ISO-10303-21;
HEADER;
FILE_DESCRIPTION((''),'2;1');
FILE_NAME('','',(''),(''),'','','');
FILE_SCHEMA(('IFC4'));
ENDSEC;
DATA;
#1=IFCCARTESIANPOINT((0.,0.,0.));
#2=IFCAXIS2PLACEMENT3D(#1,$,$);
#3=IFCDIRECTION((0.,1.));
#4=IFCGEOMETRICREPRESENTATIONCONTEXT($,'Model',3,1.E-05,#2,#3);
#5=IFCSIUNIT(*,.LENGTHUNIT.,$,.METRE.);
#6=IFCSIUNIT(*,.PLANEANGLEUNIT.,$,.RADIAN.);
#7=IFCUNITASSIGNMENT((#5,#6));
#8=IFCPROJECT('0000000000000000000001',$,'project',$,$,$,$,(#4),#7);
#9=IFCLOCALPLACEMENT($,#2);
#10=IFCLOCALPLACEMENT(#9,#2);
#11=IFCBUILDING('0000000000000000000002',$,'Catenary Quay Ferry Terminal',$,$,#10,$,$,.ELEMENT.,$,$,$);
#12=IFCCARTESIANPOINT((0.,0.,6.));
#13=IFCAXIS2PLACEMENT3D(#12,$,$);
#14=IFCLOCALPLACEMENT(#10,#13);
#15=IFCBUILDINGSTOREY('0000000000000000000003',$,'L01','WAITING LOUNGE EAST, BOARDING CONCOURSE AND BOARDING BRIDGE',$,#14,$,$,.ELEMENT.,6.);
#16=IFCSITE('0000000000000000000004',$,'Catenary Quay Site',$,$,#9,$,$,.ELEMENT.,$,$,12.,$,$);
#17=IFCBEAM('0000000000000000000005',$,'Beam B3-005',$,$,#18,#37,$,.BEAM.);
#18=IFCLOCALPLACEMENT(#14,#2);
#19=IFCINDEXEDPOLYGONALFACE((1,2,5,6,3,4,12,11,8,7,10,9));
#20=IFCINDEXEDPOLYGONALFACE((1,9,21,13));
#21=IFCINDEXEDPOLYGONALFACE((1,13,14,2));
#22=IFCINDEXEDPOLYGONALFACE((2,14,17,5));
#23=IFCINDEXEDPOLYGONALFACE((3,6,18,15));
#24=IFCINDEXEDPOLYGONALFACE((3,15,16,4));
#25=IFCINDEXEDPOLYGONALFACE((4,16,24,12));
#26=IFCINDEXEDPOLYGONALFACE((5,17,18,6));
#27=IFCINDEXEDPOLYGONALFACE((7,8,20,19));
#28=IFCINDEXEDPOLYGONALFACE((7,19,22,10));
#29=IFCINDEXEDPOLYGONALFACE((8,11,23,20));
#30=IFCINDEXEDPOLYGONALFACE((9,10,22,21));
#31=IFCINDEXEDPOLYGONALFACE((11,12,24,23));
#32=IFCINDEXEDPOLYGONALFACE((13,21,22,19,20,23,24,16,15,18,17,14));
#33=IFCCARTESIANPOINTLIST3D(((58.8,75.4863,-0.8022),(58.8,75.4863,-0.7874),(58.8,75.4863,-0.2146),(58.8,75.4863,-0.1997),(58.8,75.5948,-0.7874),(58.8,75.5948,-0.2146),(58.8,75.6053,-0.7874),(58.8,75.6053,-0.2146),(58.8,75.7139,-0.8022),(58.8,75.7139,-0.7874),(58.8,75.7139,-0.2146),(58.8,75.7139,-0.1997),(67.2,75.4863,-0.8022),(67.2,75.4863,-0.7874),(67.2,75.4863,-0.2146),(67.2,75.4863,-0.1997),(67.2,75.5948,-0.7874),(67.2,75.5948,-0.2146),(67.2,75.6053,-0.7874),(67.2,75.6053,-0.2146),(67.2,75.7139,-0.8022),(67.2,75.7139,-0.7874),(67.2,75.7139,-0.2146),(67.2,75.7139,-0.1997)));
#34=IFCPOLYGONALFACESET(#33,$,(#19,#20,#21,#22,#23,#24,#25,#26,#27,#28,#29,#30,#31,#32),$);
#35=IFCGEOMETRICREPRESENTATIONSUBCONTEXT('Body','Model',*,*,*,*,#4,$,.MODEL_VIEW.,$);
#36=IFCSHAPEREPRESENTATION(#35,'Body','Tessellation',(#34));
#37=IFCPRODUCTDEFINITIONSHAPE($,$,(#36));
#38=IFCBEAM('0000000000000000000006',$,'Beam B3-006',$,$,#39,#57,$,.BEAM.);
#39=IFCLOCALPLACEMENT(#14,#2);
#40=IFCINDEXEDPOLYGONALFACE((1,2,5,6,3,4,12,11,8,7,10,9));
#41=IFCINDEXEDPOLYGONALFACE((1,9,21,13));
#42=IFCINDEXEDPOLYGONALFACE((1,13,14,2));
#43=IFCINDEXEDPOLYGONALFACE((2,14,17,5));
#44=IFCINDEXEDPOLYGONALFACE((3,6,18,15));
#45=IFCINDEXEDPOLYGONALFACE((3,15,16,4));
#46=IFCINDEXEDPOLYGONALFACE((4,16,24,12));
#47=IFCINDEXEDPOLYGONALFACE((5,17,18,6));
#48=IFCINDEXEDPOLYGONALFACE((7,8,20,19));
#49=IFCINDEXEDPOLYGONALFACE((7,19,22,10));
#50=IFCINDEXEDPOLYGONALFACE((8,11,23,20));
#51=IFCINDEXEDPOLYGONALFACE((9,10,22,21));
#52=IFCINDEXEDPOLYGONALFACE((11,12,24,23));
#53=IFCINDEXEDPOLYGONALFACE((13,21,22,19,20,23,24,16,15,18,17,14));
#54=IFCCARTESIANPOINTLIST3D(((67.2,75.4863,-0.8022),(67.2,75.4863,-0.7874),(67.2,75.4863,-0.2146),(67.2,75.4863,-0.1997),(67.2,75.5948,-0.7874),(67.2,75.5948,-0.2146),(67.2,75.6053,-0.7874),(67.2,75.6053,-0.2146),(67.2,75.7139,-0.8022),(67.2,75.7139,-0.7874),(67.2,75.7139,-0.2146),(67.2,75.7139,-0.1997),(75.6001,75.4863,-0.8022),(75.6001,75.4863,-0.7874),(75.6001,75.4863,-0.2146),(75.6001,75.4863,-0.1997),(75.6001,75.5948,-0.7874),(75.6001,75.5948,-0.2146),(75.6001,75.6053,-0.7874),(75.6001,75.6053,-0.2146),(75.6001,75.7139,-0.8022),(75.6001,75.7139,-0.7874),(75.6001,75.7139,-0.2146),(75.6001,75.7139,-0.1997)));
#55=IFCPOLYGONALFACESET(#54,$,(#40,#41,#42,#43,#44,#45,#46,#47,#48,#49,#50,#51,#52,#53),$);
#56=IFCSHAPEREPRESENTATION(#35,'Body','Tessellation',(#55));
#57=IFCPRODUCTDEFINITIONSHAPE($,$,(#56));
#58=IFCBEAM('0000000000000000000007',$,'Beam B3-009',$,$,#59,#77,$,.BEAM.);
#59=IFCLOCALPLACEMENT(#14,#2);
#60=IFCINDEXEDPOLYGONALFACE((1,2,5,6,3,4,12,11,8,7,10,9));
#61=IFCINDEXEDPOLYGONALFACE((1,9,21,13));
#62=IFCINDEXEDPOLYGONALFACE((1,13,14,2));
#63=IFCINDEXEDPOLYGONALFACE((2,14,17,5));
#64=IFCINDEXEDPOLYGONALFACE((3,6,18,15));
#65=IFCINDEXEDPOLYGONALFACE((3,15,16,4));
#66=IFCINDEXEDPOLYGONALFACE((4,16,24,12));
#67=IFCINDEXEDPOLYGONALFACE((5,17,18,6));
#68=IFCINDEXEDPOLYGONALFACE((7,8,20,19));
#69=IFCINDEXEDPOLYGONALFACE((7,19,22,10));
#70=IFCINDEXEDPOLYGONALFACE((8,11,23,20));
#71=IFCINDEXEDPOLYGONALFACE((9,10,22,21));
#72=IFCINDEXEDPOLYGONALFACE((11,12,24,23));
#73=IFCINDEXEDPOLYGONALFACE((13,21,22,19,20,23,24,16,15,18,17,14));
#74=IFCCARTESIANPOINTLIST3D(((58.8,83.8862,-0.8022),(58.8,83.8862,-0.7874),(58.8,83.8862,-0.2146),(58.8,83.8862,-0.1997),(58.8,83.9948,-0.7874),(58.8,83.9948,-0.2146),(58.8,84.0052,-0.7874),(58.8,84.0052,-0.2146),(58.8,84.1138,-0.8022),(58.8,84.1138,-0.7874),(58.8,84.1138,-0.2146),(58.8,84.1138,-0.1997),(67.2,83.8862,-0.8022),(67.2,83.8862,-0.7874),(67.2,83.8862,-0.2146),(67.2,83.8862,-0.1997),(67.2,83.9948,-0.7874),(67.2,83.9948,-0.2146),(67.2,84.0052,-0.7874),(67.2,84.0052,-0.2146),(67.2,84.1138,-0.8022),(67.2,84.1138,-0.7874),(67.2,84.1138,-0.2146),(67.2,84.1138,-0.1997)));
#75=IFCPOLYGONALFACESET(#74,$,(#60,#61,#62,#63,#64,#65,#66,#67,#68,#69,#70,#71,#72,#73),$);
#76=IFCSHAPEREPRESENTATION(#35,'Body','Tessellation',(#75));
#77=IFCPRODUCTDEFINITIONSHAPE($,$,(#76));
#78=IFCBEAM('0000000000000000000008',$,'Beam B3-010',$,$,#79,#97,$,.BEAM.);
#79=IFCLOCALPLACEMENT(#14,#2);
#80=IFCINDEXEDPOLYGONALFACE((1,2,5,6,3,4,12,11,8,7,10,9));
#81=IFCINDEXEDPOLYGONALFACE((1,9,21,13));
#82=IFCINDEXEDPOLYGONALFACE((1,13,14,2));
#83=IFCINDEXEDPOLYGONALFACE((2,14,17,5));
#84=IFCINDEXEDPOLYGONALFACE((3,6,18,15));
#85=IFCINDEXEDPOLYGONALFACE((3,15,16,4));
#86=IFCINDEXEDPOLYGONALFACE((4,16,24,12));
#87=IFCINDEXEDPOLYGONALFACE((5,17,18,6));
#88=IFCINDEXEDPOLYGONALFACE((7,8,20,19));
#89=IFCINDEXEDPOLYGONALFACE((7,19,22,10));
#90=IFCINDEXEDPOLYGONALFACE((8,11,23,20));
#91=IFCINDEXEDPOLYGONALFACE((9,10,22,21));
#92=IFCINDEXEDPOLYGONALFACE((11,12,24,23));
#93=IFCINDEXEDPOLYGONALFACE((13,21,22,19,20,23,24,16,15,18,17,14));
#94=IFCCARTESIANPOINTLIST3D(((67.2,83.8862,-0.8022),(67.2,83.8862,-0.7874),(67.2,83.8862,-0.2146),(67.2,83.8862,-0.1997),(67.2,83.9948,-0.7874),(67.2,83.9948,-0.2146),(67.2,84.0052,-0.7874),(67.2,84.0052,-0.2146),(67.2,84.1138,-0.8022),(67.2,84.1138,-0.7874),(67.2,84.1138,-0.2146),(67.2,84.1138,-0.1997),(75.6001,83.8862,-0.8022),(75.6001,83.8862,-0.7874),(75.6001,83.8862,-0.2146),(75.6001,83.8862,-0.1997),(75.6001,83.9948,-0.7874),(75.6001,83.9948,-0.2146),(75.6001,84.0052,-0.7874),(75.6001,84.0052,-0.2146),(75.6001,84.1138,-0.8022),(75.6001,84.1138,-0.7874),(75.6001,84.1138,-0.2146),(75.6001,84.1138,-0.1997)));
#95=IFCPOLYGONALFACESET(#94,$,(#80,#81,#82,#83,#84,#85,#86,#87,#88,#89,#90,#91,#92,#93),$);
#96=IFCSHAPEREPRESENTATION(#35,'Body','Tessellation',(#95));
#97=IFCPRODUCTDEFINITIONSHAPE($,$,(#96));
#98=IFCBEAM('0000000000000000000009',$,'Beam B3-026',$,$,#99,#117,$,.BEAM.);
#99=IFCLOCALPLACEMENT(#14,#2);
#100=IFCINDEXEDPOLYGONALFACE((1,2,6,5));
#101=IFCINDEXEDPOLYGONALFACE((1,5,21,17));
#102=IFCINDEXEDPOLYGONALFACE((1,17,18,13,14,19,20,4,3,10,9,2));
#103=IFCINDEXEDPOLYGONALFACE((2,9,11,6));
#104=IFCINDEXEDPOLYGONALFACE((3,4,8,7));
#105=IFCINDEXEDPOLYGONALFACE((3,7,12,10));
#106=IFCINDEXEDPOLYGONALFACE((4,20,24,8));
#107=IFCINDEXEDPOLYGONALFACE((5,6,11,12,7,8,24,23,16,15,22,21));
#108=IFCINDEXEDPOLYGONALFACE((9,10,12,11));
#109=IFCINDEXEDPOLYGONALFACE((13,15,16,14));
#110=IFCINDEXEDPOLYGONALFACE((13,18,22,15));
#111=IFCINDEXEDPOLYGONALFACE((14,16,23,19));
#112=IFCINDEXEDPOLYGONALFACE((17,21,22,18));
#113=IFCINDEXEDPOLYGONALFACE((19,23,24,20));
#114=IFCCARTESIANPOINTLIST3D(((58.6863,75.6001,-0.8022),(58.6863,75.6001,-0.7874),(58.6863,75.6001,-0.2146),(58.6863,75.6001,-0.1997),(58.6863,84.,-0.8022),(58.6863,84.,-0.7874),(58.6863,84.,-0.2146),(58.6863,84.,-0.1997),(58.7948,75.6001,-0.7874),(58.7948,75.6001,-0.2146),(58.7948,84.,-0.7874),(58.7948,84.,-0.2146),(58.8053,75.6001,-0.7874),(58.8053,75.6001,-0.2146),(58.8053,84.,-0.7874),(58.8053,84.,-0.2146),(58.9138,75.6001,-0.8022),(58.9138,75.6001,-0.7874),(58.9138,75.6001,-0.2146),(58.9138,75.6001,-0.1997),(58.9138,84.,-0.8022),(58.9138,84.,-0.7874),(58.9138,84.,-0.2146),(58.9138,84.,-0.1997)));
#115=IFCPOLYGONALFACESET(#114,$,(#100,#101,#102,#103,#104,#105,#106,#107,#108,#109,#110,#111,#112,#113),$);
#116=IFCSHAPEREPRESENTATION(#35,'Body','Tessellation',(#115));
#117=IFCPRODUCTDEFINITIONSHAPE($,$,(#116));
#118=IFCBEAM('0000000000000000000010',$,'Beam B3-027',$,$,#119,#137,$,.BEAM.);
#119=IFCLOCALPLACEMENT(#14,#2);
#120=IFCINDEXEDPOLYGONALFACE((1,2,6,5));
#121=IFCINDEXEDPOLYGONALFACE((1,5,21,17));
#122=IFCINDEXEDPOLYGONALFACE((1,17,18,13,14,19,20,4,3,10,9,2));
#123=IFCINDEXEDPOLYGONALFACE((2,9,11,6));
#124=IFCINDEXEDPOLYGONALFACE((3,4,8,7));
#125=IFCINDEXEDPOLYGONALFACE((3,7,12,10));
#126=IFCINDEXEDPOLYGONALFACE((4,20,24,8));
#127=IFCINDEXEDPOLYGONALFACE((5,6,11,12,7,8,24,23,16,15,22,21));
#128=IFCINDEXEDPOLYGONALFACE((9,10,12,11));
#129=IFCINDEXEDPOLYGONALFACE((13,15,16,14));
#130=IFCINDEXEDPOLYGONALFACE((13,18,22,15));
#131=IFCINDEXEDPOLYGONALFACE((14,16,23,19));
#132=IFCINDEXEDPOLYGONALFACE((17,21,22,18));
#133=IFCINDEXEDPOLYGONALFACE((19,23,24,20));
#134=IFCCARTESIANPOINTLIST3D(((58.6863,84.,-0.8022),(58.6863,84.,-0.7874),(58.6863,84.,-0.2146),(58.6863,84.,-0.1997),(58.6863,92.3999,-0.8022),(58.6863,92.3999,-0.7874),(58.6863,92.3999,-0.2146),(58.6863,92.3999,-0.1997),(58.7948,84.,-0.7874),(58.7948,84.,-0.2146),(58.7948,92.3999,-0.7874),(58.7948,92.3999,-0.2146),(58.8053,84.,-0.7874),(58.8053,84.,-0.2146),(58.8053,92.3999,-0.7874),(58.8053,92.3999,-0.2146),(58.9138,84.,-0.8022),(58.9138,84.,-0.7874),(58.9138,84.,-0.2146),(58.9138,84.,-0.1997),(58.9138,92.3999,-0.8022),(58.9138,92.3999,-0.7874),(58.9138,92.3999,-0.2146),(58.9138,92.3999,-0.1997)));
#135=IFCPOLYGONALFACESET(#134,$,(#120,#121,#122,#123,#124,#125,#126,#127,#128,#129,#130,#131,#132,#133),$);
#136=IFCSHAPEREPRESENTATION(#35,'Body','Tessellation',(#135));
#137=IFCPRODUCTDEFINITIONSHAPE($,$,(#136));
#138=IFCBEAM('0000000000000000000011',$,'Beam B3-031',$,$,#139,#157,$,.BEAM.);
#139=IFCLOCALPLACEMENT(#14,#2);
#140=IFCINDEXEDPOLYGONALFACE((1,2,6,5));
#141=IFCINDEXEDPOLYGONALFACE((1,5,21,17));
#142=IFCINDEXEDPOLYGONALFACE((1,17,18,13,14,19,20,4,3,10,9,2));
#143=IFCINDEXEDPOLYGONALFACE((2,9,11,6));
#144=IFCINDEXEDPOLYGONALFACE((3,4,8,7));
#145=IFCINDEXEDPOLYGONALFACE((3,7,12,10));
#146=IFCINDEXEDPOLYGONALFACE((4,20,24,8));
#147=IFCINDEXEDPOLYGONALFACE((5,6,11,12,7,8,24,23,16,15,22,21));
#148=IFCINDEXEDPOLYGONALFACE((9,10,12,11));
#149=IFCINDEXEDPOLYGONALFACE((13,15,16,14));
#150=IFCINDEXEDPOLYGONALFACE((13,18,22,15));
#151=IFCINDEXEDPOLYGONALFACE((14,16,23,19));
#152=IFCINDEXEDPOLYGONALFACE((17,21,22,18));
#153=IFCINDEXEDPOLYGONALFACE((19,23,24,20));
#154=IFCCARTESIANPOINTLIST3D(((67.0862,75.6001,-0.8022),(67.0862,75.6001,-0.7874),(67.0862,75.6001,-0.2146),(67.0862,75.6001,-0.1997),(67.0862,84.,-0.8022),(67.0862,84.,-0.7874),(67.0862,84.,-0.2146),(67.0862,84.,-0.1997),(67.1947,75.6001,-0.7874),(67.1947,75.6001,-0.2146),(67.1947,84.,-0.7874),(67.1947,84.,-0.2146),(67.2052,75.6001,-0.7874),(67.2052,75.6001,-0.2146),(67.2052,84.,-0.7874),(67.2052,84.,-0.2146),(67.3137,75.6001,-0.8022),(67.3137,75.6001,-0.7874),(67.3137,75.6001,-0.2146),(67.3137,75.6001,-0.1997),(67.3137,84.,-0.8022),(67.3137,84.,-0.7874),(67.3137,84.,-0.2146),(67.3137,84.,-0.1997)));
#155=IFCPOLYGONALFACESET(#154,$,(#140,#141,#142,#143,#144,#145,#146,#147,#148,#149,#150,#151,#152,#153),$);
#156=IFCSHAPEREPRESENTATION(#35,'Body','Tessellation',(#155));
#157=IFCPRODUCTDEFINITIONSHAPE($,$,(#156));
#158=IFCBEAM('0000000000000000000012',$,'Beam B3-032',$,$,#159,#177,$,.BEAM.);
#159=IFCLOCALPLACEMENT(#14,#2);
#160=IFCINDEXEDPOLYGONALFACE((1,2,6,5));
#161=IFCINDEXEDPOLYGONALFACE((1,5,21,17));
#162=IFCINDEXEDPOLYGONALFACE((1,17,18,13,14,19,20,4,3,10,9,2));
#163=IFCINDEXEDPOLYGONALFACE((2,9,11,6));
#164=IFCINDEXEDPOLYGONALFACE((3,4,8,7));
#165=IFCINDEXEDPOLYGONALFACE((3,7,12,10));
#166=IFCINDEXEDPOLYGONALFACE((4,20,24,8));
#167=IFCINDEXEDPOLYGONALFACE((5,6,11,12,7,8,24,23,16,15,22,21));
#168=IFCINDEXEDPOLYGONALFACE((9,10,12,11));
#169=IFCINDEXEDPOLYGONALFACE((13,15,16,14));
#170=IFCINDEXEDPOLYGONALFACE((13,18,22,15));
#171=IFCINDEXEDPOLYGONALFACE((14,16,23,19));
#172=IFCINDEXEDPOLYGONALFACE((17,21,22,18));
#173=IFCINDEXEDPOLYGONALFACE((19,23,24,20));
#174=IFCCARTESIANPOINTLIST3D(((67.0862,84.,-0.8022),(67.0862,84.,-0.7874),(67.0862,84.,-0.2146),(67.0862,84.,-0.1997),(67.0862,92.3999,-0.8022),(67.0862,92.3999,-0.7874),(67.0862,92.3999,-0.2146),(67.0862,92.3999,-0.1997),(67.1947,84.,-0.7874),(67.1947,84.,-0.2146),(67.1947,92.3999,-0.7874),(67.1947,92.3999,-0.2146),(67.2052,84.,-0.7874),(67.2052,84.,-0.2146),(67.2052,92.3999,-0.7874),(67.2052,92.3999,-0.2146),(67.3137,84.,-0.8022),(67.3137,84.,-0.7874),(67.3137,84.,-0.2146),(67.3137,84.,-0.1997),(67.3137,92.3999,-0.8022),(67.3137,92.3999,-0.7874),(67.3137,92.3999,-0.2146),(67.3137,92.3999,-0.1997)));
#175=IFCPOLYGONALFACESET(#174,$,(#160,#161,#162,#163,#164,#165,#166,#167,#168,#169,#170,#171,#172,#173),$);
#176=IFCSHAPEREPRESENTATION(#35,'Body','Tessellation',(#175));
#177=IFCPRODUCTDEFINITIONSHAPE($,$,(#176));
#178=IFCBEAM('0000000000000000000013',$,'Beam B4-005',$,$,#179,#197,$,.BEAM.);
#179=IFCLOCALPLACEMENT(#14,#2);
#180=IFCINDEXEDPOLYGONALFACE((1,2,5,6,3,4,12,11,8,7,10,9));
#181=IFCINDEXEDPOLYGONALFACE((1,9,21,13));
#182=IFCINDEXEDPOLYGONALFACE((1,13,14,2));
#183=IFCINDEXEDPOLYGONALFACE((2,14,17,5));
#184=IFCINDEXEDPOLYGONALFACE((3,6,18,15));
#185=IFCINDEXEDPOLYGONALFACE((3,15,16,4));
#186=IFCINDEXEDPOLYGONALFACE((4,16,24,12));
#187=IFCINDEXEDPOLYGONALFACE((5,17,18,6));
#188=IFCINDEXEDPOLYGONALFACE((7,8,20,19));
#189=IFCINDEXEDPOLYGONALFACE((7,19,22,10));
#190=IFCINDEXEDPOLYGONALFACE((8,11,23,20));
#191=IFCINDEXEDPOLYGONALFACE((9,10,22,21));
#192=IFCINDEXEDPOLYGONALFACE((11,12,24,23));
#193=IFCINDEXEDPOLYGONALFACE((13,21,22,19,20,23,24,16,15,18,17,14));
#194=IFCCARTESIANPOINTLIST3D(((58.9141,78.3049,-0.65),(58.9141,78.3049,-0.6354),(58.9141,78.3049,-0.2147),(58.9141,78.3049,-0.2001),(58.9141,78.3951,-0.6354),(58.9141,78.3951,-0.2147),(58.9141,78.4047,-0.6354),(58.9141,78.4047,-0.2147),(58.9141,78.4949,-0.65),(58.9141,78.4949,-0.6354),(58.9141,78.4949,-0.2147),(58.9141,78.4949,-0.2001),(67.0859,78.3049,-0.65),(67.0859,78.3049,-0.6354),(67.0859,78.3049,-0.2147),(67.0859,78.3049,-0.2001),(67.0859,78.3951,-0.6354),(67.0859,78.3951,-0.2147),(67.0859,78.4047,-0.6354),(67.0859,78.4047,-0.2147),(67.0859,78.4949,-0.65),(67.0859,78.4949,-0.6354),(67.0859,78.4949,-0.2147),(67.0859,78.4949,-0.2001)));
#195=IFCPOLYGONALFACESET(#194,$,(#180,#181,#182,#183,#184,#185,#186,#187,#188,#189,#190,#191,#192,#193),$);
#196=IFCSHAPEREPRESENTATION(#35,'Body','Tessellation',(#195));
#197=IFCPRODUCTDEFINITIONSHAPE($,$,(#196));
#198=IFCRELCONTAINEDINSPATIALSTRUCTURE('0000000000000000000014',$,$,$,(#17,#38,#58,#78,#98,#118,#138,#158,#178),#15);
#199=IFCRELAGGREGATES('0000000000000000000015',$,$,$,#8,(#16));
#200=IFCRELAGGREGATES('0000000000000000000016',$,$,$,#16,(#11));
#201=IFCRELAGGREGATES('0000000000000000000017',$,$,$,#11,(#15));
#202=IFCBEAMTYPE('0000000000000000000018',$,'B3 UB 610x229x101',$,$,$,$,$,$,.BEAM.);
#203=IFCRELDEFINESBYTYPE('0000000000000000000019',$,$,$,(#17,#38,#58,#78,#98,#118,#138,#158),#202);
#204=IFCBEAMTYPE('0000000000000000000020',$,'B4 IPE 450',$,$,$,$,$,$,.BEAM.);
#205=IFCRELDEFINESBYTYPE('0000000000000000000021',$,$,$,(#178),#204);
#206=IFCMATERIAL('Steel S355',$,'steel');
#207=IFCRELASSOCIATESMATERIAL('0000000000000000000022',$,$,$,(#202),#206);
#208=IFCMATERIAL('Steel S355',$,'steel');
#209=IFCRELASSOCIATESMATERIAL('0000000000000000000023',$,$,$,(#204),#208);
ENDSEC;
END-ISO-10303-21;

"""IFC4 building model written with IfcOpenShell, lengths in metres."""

from ifc_helpers import new_model, si_unit, direction, frame, origin, origin_2d, place, context, subcontext, project, spatial, i_section, extrude, material, material_profile, profile_set, type_object, element, save


model = new_model("IFC4")

# Units and contexts
model_context = context("Model", 3, precision=1e-05, world=origin(), true_north=direction((0.0, 1.0)))
body_context = subcontext(model_context, "Body", "Model", "MODEL_VIEW")
ifc_project = project(units=[si_unit("LENGTHUNIT", "METRE"), si_unit("PLANEANGLEUNIT", "RADIAN")], contexts=[model_context])

# Site, building, storey
site_placement = place(None, origin())
site = spatial("IfcSite", under=ifc_project, at=site_placement, Name="Catenary Quay Site", CompositionType="ELEMENT", RefElevation=12.0)
building_placement = place(site_placement, origin())
building = spatial("IfcBuilding", under=site, at=building_placement, Name="Catenary Quay Ferry Terminal", CompositionType="ELEMENT")
storey_placement = place(building_placement, frame((0.0, 0.0, 6.0)))
storey = spatial("IfcBuildingStorey", under=building, at=storey_placement, Name="L01", Description="WAITING LOUNGE EAST, BOARDING CONCOURSE AND BOARDING BRIDGE", CompositionType="ELEMENT", Elevation=6.0)

# Beams
ifc_material_1 = material(Name="Steel S355", Category="steel")
ifc_material_profile_1 = material_profile(ifc_material_1, i_section(OverallWidth=0.2275, OverallDepth=0.6025, WebThickness=0.0105, FlangeThickness=0.0149, at=origin_2d()), Name="UB 610x229x101")
ifc_profile_set_1 = profile_set([ifc_material_profile_1], Name="Steel S355")
beam_type_1 = type_object("IfcBeamType", Name="B3 UB 610x229x101", PredefinedType="BEAM", material=ifc_profile_set_1)
beam_1_placement = place(storey_placement, frame((58.8, 75.6001, -0.501), z_axis=(1.0, 0.0, 0.0), x_axis=(0.0, 1.0, 0.0)))
element("IfcBeam", 1, at=beam_1_placement, inside=storey, type_object=beam_type_1, Name="Beam B3-005", PredefinedType="BEAM", context=body_context, shape_type="SweptSolid", body=[
    extrude(i_section(OverallWidth=0.2275, OverallDepth=0.6025, WebThickness=0.0105, FlangeThickness=0.0149, at=origin_2d()), origin(), (0.0, 0.0, 1.0), 8.3999),
])
beam_2_placement = place(storey_placement, frame((67.2, 75.6001, -0.501), z_axis=(1.0, 0.0, 0.0), x_axis=(0.0, 1.0, 0.0)))
element("IfcBeam", 2, at=beam_2_placement, inside=storey, type_object=beam_type_1, Name="Beam B3-006", PredefinedType="BEAM", context=body_context, shape_type="SweptSolid", body=[
    extrude(i_section(OverallWidth=0.2275, OverallDepth=0.6025, WebThickness=0.0105, FlangeThickness=0.0149, at=origin_2d()), origin(), (0.0, 0.0, 1.0), 8.4001),
])
beam_3_placement = place(storey_placement, frame((58.8, 84.0, -0.501), z_axis=(1.0, 0.0, 0.0), x_axis=(0.0, 1.0, 0.0)))
element("IfcBeam", 3, at=beam_3_placement, inside=storey, type_object=beam_type_1, Name="Beam B3-009", PredefinedType="BEAM", context=body_context, shape_type="SweptSolid", body=[
    extrude(i_section(OverallWidth=0.2275, OverallDepth=0.6025, WebThickness=0.0105, FlangeThickness=0.0149, at=origin_2d()), origin(), (0.0, 0.0, 1.0), 8.3999),
])
beam_4_placement = place(storey_placement, frame((67.2, 84.0, -0.501), z_axis=(1.0, 0.0, 0.0), x_axis=(0.0, 1.0, 0.0)))
element("IfcBeam", 4, at=beam_4_placement, inside=storey, type_object=beam_type_1, Name="Beam B3-010", PredefinedType="BEAM", context=body_context, shape_type="SweptSolid", body=[
    extrude(i_section(OverallWidth=0.2275, OverallDepth=0.6025, WebThickness=0.0105, FlangeThickness=0.0149, at=origin_2d()), origin(), (0.0, 0.0, 1.0), 8.4001),
])
for number, where, z_axis, x_axis, name in (
    (5, (58.8, 75.6001, -0.501), (0.0, 1.0, 0.0), (-1.0, 0.0, 0.0), "Beam B3-026"),
    (6, (58.8, 84.0, -0.501), (0.0, 1.0, 0.0), (-1.0, 0.0, 0.0), "Beam B3-027"),
    (7, (67.2, 75.6001, -0.501), (0.0, 1.0, 0.0), (-1.0, 0.0, 0.0), "Beam B3-031"),
    (8, (67.2, 84.0, -0.501), (0.0, 1.0, 0.0), (-1.0, 0.0, 0.0), "Beam B3-032"),
):
    element("IfcBeam", number, at=place(storey_placement, frame(where, z_axis=z_axis, x_axis=x_axis)), inside=storey, type_object=beam_type_1, Name=name, PredefinedType="BEAM", context=body_context, shape_type="SweptSolid", body=[
        extrude(i_section(OverallWidth=0.2275, OverallDepth=0.6025, WebThickness=0.0105, FlangeThickness=0.0149, at=origin_2d()), origin(), (0.0, 0.0, 1.0), 8.3999),
    ])
ifc_material_2 = material(Name="Steel S355", Category="steel")
ifc_material_profile_2 = material_profile(ifc_material_2, i_section(OverallWidth=0.1899, OverallDepth=0.45, WebThickness=0.0095, FlangeThickness=0.0146, at=origin_2d()), Name="IPE 450")
ifc_profile_set_2 = profile_set([ifc_material_profile_2], Name="Steel S355")
beam_type_2 = type_object("IfcBeamType", Name="B4 IPE 450", PredefinedType="BEAM", material=ifc_profile_set_2)
for number, where, z_axis, x_axis, name in (
    (9, (58.9141, 78.3999, -0.425), (1.0, 0.0, 0.0), (0.0, 1.0, 0.0), "Beam B4-005"),
):
    element("IfcBeam", number, at=place(storey_placement, frame(where, z_axis=z_axis, x_axis=x_axis)), inside=storey, type_object=beam_type_2, Name=name, PredefinedType="BEAM", context=body_context, shape_type="SweptSolid", body=[
        extrude(i_section(OverallWidth=0.1899, OverallDepth=0.45, WebThickness=0.0095, FlangeThickness=0.0146, at=origin_2d()), origin(), (0.0, 0.0, 1.0), 8.1719),
    ])

save(model, "model.ifc")
